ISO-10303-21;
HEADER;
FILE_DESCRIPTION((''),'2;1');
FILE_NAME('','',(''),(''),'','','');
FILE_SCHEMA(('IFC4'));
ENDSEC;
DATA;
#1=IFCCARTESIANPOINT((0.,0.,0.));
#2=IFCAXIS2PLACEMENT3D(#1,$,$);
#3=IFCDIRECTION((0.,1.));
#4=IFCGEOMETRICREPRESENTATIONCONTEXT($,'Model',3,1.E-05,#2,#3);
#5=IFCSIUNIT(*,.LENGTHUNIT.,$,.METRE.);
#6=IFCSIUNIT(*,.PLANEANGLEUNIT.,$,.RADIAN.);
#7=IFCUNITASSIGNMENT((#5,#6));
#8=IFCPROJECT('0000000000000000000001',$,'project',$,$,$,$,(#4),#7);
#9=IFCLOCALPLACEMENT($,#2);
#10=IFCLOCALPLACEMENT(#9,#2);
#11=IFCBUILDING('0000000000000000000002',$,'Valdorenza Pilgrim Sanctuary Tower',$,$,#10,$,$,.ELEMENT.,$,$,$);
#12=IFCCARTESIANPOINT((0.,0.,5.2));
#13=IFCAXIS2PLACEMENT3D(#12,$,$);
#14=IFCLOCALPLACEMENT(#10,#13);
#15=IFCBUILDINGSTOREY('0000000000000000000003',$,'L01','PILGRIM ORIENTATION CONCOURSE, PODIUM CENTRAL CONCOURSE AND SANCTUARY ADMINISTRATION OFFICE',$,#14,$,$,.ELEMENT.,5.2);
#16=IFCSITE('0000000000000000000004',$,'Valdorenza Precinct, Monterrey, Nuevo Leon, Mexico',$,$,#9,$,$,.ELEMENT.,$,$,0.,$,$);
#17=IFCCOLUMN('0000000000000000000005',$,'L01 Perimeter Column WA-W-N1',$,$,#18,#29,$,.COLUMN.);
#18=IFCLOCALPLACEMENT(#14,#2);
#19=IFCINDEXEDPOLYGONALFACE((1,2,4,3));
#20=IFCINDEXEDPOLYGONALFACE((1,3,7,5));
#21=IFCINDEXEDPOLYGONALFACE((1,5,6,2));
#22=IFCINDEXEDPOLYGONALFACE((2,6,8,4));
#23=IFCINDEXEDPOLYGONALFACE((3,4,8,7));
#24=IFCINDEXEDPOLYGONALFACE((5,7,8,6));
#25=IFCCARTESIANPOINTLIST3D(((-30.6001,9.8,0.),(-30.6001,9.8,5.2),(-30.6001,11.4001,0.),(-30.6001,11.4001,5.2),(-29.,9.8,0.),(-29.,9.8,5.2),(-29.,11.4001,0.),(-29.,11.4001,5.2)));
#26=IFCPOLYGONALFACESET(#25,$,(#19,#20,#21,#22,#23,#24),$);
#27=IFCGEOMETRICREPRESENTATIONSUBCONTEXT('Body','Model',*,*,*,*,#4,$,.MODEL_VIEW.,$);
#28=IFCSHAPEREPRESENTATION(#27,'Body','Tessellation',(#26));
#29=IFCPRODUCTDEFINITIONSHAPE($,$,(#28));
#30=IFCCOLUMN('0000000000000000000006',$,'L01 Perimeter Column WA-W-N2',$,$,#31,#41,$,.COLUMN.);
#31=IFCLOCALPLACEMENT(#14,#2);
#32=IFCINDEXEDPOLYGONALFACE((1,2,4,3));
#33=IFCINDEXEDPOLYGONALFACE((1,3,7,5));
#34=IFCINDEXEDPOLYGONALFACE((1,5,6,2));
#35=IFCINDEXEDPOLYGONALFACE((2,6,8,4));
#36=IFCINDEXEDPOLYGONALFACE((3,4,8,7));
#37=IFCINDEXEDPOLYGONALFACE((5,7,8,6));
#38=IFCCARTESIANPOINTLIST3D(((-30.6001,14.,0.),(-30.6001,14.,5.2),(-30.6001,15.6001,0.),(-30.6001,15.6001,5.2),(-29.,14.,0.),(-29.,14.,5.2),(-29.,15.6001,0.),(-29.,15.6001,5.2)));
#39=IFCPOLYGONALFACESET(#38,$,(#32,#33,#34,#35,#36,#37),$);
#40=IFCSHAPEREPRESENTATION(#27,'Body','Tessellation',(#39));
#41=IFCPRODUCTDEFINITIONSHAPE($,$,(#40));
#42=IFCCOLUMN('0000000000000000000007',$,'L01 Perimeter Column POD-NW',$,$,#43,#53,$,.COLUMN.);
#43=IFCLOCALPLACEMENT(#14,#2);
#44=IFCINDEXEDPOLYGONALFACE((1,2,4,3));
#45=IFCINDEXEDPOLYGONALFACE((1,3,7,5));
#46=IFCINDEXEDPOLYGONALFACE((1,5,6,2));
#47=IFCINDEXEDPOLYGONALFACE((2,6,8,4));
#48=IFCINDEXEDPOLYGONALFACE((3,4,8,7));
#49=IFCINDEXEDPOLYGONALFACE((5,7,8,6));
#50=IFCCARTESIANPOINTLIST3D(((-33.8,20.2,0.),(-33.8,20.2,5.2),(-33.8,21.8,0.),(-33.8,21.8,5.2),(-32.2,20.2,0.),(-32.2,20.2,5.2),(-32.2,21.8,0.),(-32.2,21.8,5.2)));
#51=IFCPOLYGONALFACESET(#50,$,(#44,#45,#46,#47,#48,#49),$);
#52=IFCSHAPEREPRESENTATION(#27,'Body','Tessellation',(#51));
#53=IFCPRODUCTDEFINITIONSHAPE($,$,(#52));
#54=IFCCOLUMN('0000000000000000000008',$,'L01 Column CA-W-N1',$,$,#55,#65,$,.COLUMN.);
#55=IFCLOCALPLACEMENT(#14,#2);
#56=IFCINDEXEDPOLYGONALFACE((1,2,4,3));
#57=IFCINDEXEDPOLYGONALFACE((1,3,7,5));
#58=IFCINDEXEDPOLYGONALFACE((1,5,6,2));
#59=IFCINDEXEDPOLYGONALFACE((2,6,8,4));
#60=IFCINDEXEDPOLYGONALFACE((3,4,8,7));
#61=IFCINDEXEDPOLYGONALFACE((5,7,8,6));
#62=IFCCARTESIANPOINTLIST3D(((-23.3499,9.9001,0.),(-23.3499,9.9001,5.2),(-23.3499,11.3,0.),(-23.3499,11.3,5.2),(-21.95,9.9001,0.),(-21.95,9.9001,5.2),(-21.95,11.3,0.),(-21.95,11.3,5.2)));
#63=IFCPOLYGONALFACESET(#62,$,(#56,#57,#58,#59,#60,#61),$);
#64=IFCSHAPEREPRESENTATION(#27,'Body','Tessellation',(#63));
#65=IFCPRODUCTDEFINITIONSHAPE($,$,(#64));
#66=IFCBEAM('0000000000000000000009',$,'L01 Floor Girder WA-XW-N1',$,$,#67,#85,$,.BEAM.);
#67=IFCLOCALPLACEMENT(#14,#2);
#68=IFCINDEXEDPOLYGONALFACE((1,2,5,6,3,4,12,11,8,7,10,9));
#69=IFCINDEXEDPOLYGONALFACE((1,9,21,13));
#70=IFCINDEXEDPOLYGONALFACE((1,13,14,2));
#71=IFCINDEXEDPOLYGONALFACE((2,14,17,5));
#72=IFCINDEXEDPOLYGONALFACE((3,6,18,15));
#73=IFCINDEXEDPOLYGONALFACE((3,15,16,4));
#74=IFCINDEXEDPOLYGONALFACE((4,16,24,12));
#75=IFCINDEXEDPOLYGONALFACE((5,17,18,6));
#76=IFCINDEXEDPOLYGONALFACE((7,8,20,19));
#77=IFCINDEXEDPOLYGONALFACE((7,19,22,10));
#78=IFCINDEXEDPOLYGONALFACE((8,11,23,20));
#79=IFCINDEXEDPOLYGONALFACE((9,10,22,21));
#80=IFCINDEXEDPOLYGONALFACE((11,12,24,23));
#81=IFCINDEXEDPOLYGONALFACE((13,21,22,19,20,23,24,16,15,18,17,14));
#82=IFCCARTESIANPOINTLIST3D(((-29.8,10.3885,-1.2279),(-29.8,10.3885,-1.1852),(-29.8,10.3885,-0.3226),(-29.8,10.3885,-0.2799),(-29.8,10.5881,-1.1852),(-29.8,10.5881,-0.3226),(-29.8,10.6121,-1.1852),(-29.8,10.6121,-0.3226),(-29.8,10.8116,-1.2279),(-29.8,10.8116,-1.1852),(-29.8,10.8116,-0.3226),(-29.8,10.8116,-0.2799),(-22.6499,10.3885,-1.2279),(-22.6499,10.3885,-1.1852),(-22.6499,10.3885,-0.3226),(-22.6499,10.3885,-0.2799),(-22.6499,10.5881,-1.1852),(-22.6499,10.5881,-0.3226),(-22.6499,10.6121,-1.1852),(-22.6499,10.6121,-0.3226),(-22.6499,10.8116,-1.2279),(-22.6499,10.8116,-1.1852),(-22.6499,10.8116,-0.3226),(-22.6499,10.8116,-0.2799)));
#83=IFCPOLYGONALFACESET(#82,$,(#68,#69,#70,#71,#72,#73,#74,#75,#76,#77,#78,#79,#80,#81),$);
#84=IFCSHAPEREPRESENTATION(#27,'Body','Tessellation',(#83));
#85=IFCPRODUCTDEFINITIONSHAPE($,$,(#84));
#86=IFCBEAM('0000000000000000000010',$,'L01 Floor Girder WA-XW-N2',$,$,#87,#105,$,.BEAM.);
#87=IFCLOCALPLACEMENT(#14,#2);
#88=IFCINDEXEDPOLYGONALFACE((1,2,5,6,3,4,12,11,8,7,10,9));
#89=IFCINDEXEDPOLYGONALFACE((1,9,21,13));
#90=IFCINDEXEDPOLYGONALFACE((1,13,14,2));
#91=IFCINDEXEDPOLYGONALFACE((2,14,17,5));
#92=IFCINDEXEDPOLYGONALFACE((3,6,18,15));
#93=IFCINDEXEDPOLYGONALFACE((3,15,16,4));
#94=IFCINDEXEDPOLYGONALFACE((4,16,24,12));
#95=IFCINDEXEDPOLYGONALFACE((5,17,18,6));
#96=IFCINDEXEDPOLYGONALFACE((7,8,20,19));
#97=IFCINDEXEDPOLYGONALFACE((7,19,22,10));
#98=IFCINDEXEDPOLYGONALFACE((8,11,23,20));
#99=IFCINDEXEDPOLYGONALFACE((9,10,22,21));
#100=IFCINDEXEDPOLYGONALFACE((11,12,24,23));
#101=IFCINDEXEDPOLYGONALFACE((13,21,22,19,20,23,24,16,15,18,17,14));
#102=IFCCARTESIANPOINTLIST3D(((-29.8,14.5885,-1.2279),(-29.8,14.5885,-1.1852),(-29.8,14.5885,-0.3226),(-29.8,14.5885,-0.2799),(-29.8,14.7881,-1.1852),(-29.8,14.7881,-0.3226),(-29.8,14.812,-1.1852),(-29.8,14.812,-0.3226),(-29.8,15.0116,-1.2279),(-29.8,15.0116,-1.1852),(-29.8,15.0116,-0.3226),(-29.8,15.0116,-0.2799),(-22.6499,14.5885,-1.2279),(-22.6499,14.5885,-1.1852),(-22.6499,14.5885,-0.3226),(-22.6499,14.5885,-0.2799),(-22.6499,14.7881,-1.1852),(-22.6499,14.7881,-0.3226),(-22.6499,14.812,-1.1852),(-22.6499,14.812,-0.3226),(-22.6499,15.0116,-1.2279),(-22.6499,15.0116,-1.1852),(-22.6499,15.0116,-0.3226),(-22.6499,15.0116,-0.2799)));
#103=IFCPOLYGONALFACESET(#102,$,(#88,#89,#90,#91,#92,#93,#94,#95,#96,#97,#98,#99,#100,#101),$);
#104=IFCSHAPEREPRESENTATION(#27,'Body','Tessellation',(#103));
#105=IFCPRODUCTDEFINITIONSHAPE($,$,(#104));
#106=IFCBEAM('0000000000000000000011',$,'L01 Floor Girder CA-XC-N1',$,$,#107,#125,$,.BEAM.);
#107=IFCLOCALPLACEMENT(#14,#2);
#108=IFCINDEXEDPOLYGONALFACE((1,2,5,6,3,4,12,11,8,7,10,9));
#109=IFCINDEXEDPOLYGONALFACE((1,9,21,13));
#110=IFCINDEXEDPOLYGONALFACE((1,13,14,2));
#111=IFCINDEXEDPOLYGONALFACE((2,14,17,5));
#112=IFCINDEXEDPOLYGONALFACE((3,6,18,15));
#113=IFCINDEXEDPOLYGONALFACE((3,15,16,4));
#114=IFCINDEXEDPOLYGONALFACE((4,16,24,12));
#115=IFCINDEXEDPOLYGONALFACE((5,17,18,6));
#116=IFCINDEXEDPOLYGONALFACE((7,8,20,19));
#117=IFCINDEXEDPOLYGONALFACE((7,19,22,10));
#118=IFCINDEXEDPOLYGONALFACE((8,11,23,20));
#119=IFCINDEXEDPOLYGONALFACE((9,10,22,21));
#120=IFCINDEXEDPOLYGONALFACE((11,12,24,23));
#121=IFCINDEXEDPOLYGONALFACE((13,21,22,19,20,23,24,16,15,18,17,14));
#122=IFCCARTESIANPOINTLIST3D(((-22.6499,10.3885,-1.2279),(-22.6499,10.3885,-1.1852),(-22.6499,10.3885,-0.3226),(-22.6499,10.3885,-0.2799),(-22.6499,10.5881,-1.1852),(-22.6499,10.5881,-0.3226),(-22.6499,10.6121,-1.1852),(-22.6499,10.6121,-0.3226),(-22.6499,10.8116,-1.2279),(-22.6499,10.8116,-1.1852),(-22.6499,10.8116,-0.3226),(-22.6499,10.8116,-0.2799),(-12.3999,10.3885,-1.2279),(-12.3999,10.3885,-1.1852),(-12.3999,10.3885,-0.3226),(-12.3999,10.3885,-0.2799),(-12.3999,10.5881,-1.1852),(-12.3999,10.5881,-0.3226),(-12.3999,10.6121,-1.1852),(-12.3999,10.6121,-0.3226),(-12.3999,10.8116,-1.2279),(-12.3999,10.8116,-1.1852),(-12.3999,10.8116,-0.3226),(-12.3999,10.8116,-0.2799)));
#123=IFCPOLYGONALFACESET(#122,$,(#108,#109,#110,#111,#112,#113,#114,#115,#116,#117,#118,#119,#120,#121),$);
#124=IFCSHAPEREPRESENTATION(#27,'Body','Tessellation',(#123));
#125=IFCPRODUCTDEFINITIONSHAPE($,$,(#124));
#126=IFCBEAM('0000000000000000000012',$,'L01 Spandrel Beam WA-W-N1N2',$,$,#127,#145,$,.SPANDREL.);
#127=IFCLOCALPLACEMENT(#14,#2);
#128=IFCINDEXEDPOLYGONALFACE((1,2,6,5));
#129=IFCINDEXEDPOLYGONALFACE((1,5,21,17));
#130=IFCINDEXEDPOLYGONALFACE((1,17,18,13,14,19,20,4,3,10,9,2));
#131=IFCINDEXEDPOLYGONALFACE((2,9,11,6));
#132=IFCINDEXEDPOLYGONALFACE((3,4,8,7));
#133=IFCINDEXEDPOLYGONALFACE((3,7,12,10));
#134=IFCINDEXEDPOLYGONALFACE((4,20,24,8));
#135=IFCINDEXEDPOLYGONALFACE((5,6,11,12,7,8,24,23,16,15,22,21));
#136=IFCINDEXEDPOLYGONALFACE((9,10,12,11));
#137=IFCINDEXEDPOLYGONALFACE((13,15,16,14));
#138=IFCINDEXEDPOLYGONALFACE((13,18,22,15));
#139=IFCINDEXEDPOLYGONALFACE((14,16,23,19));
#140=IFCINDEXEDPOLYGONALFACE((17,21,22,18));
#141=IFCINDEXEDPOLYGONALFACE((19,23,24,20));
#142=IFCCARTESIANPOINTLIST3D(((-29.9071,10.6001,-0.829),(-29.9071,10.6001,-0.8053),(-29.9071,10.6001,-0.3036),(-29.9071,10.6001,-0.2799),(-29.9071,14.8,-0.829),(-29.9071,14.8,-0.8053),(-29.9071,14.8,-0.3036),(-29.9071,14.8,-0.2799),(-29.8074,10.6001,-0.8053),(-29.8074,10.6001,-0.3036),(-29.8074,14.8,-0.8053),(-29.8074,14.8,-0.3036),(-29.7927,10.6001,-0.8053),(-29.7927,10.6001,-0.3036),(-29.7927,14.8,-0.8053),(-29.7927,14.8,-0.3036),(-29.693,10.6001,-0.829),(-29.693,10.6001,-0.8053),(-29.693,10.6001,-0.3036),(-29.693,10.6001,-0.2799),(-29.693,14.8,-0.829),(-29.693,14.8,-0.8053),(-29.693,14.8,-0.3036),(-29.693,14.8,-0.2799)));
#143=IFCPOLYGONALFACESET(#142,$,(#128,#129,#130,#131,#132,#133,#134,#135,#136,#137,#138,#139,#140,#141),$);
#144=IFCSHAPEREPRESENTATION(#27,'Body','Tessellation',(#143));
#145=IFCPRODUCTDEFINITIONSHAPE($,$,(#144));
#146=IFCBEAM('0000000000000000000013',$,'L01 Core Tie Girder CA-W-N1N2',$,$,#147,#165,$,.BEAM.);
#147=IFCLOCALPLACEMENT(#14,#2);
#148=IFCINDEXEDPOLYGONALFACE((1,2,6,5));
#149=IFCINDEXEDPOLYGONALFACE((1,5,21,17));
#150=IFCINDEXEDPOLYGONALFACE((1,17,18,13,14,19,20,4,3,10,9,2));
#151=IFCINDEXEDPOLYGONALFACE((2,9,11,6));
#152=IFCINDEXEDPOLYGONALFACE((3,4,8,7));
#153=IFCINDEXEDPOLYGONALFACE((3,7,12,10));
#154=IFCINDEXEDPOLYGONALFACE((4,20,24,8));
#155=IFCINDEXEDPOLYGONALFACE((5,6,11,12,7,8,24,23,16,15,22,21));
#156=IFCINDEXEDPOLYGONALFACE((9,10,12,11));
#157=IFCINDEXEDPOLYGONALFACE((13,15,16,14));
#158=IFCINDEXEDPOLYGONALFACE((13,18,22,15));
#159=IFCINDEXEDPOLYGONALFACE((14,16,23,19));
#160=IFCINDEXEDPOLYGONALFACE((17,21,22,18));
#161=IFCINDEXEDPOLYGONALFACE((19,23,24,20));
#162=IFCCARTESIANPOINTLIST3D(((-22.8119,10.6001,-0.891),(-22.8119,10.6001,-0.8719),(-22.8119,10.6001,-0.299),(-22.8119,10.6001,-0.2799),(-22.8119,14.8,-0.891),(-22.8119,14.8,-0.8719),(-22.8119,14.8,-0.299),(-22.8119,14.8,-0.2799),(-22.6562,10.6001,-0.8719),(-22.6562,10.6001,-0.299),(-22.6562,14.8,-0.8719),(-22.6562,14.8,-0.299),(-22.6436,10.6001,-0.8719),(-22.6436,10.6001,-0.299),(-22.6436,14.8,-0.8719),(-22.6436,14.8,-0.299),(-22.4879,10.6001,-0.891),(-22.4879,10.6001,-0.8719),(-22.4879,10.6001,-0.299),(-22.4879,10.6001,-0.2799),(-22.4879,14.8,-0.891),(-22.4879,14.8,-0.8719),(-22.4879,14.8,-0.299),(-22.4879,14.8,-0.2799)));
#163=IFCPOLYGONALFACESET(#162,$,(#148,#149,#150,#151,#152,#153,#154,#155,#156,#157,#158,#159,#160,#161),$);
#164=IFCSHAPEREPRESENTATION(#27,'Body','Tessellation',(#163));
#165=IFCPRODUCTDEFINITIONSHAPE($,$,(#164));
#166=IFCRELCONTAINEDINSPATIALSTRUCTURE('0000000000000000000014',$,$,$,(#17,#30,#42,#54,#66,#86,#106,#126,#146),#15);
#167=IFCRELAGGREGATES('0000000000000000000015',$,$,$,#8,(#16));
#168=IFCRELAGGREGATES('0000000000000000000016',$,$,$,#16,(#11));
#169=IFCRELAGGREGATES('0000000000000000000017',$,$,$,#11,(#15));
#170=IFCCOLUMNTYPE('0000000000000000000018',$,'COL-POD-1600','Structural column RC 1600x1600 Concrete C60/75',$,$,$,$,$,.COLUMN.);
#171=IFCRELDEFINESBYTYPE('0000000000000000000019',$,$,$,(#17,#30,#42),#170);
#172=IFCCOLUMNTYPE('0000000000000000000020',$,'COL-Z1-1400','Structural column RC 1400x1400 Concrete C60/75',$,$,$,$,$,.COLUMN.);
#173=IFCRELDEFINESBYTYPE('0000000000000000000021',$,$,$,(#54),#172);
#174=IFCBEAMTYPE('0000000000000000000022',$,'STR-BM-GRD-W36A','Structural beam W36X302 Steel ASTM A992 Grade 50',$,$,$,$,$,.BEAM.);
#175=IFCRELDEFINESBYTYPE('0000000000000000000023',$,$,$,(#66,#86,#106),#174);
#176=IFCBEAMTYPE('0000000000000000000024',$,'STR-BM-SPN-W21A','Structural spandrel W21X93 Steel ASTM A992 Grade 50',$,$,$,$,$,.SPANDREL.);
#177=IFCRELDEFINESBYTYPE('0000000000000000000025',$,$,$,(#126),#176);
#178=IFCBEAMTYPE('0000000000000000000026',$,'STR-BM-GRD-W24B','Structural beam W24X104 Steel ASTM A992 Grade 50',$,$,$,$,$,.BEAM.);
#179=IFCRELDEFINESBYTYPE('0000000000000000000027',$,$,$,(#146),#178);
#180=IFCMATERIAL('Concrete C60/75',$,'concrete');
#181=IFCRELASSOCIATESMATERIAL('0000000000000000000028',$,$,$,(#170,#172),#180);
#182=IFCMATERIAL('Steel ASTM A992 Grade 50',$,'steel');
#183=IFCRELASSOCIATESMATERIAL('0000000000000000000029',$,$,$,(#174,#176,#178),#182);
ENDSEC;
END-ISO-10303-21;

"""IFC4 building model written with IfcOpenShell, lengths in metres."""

from ifc_helpers import new_model, si_unit, direction, frame, origin, origin_2d, place, context, subcontext, project, spatial, rectangle, i_section, extrude, source, transform, mapped, material, material_profile, profile_set, type_object, element, save


model = new_model("IFC4")

# Units and contexts
model_context = context("Model", 3, precision=1e-05, world=origin(), true_north=direction((0.0, 1.0)))
body_context = subcontext(model_context, "Body", "Model", "MODEL_VIEW")
ifc_project = project(units=[si_unit("LENGTHUNIT", "METRE"), si_unit("PLANEANGLEUNIT", "RADIAN")], contexts=[model_context])

# Site, building, storey
site_placement = place(None, origin())
site = spatial("IfcSite", under=ifc_project, at=site_placement, Name="Valdorenza Precinct, Monterrey, Nuevo Leon, Mexico", CompositionType="ELEMENT", RefElevation=0.0)
building_placement = place(site_placement, origin())
building = spatial("IfcBuilding", under=site, at=building_placement, Name="Valdorenza Pilgrim Sanctuary Tower", CompositionType="ELEMENT")
storey_placement = place(building_placement, frame((0.0, 0.0, 5.2)))
storey = spatial("IfcBuildingStorey", under=building, at=storey_placement, Name="L01", Description="PILGRIM ORIENTATION CONCOURSE, PODIUM CENTRAL CONCOURSE AND SANCTUARY ADMINISTRATION OFFICE", CompositionType="ELEMENT", Elevation=5.2)

# Columns
ifc_material_1 = material(Name="Concrete C60/75", Category="concrete")
ifc_material_profile_1 = material_profile(ifc_material_1, rectangle(XDim=1.6001, YDim=1.6001, at=origin_2d()), Name="RC 1600x1600")
ifc_profile_set_1 = profile_set([ifc_material_profile_1], Name="Concrete C60/75")
column_type_1 = type_object("IfcColumnType", Name="COL-POD-1600", Description="Structural column RC 1600x1600 Concrete C60/75", PredefinedType="COLUMN", material=ifc_profile_set_1)
shared_shape_1 = source(origin(), body_context, "Body", "SweptSolid", [
    extrude(rectangle(XDim=1.6001, YDim=1.6001, at=origin_2d()), origin(), (0.0, 0.0, 1.0), 5.2),
])
for number, where, z_axis, x_axis, name in (
    (1, (-29.8, 10.6001, 0.0), (0.0, 0.0, 1.0), (1.0, 0.0, 0.0), "L01 Perimeter Column WA-W-N1"),
    (2, (-29.8, 14.8, 0.0), (0.0, 0.0, 1.0), (1.0, 0.0, 0.0), "L01 Perimeter Column WA-W-N2"),
    (3, (-33.0, 21.0, 0.0), (0.0, 0.0, 1.0), (1.0, 0.0, 0.0), "L01 Perimeter Column POD-NW"),
):
    element("IfcColumn", number, at=place(storey_placement, frame(where, z_axis=z_axis, x_axis=x_axis)), inside=storey, type_object=column_type_1, Name=name, PredefinedType="COLUMN", context=body_context, shape_type="MappedRepresentation", body=[
        mapped(shared_shape_1, transform((0.0, 0.0, 0.0), x_axis=(1.0, 0.0, 0.0), y_axis=(0.0, 1.0, 0.0), z_axis=(0.0, 0.0, 1.0), scale=1.0)),
    ])
ifc_material_profile_2 = material_profile(ifc_material_1, rectangle(XDim=1.3999, YDim=1.3999, at=origin_2d()), Name="RC 1400x1400")
ifc_profile_set_2 = profile_set([ifc_material_profile_2], Name="Concrete C60/75")
column_type_2 = type_object("IfcColumnType", Name="COL-Z1-1400", Description="Structural column RC 1400x1400 Concrete C60/75", PredefinedType="COLUMN", material=ifc_profile_set_2)
shared_shape_2 = source(origin(), body_context, "Body", "SweptSolid", [
    extrude(rectangle(XDim=1.3999, YDim=1.3999, at=origin_2d()), origin(), (0.0, 0.0, 1.0), 5.2),
])
column_placement = place(storey_placement, frame((-22.6499, 10.6001, 0.0), z_axis=(0.0, 0.0, 1.0), x_axis=(1.0, 0.0, 0.0)))
element("IfcColumn", 4, at=column_placement, inside=storey, type_object=column_type_2, Name="L01 Column CA-W-N1", PredefinedType="COLUMN", context=body_context, shape_type="MappedRepresentation", body=[
    mapped(shared_shape_2, transform((0.0, 0.0, 0.0), x_axis=(1.0, 0.0, 0.0), y_axis=(0.0, 1.0, 0.0), z_axis=(0.0, 0.0, 1.0), scale=1.0)),
])

# Beams
ifc_material_2 = material(Name="Steel ASTM A992 Grade 50", Category="steel")
ifc_material_profile_3 = material_profile(ifc_material_2, i_section(OverallWidth=0.4231, OverallDepth=0.948, WebThickness=0.0239, FlangeThickness=0.0427, at=origin_2d()), Name="W36X302")
ifc_profile_set_3 = profile_set([ifc_material_profile_3], Name="Steel ASTM A992 Grade 50")
beam_type_1 = type_object("IfcBeamType", Name="STR-BM-GRD-W36A", Description="Structural beam W36X302 Steel ASTM A992 Grade 50", PredefinedType="BEAM", material=ifc_profile_set_3)
shared_shape_3 = source(origin(), body_context, "Body", "SweptSolid", [
    extrude(i_section(OverallWidth=0.4231, OverallDepth=0.948, WebThickness=0.0239, FlangeThickness=0.0427, at=origin_2d()), origin(), (0.0, 0.0, 1.0), 7.1501),
])
for number, where, z_axis, x_axis, name in (
    (5, (-29.8, 10.6001, -0.7539), (1.0, 0.0, 0.0), (0.0, 1.0, 0.0), "L01 Floor Girder WA-XW-N1"),
    (6, (-29.8, 14.8, -0.7539), (1.0, 0.0, 0.0), (0.0, 1.0, 0.0), "L01 Floor Girder WA-XW-N2"),
):
    element("IfcBeam", number, at=place(storey_placement, frame(where, z_axis=z_axis, x_axis=x_axis)), inside=storey, type_object=beam_type_1, Name=name, PredefinedType="BEAM", context=body_context, shape_type="MappedRepresentation", body=[
        mapped(shared_shape_3, transform((0.0, 0.0, 0.0), x_axis=(1.0, 0.0, 0.0), y_axis=(0.0, 1.0, 0.0), z_axis=(0.0, 0.0, 1.0), scale=1.0)),
    ])
shared_shape_4 = source(origin(), body_context, "Body", "SweptSolid", [
    extrude(i_section(OverallWidth=0.4231, OverallDepth=0.948, WebThickness=0.0239, FlangeThickness=0.0427, at=origin_2d()), origin(), (0.0, 0.0, 1.0), 10.25),
])
beam_1_placement = place(storey_placement, frame((-22.6499, 10.6001, -0.7539), z_axis=(1.0, 0.0, 0.0), x_axis=(0.0, 1.0, 0.0)))
element("IfcBeam", 7, at=beam_1_placement, inside=storey, type_object=beam_type_1, Name="L01 Floor Girder CA-XC-N1", PredefinedType="BEAM", context=body_context, shape_type="MappedRepresentation", body=[
    mapped(shared_shape_4, transform((0.0, 0.0, 0.0), x_axis=(1.0, 0.0, 0.0), y_axis=(0.0, 1.0, 0.0), z_axis=(0.0, 0.0, 1.0), scale=1.0)),
])
ifc_material_profile_4 = material_profile(ifc_material_2, i_section(OverallWidth=0.2141, OverallDepth=0.5491, WebThickness=0.0146, FlangeThickness=0.0237, at=origin_2d()), Name="W21X93")
ifc_profile_set_4 = profile_set([ifc_material_profile_4], Name="Steel ASTM A992 Grade 50")
beam_type_2 = type_object("IfcBeamType", Name="STR-BM-SPN-W21A", Description="Structural spandrel W21X93 Steel ASTM A992 Grade 50", PredefinedType="SPANDREL", material=ifc_profile_set_4)
shared_shape_5 = source(origin(), body_context, "Body", "SweptSolid", [
    extrude(i_section(OverallWidth=0.2141, OverallDepth=0.5491, WebThickness=0.0146, FlangeThickness=0.0237, at=origin_2d()), origin(), (0.0, 0.0, 1.0), 4.2),
])
beam_2_placement = place(storey_placement, frame((-29.8, 10.6001, -0.5544), z_axis=(0.0, 1.0, 0.0), x_axis=(-1.0, 0.0, 0.0)))
element("IfcBeam", 8, at=beam_2_placement, inside=storey, type_object=beam_type_2, Name="L01 Spandrel Beam WA-W-N1N2", PredefinedType="SPANDREL", context=body_context, shape_type="MappedRepresentation", body=[
    mapped(shared_shape_5, transform((0.0, 0.0, 0.0), x_axis=(1.0, 0.0, 0.0), y_axis=(0.0, 1.0, 0.0), z_axis=(0.0, 0.0, 1.0), scale=1.0)),
])
ifc_material_profile_5 = material_profile(ifc_material_2, i_section(OverallWidth=0.324, OverallDepth=0.6111, WebThickness=0.0127, FlangeThickness=0.019, at=origin_2d()), Name="W24X104")
ifc_profile_set_5 = profile_set([ifc_material_profile_5], Name="Steel ASTM A992 Grade 50")
beam_type_3 = type_object("IfcBeamType", Name="STR-BM-GRD-W24B", Description="Structural beam W24X104 Steel ASTM A992 Grade 50", PredefinedType="BEAM", material=ifc_profile_set_5)
shared_shape_6 = source(origin(), body_context, "Body", "SweptSolid", [
    extrude(i_section(OverallWidth=0.324, OverallDepth=0.6111, WebThickness=0.0127, FlangeThickness=0.019, at=origin_2d()), origin(), (0.0, 0.0, 1.0), 4.2),
])
beam_3_placement = place(storey_placement, frame((-22.6499, 10.6001, -0.5854), z_axis=(0.0, 1.0, 0.0), x_axis=(-1.0, 0.0, 0.0)))
element("IfcBeam", 9, at=beam_3_placement, inside=storey, type_object=beam_type_3, Name="L01 Core Tie Girder CA-W-N1N2", PredefinedType="BEAM", context=body_context, shape_type="MappedRepresentation", body=[
    mapped(shared_shape_6, transform((0.0, 0.0, 0.0), x_axis=(1.0, 0.0, 0.0), y_axis=(0.0, 1.0, 0.0), z_axis=(0.0, 0.0, 1.0), scale=1.0)),
])

save(model, "model.ifc")
